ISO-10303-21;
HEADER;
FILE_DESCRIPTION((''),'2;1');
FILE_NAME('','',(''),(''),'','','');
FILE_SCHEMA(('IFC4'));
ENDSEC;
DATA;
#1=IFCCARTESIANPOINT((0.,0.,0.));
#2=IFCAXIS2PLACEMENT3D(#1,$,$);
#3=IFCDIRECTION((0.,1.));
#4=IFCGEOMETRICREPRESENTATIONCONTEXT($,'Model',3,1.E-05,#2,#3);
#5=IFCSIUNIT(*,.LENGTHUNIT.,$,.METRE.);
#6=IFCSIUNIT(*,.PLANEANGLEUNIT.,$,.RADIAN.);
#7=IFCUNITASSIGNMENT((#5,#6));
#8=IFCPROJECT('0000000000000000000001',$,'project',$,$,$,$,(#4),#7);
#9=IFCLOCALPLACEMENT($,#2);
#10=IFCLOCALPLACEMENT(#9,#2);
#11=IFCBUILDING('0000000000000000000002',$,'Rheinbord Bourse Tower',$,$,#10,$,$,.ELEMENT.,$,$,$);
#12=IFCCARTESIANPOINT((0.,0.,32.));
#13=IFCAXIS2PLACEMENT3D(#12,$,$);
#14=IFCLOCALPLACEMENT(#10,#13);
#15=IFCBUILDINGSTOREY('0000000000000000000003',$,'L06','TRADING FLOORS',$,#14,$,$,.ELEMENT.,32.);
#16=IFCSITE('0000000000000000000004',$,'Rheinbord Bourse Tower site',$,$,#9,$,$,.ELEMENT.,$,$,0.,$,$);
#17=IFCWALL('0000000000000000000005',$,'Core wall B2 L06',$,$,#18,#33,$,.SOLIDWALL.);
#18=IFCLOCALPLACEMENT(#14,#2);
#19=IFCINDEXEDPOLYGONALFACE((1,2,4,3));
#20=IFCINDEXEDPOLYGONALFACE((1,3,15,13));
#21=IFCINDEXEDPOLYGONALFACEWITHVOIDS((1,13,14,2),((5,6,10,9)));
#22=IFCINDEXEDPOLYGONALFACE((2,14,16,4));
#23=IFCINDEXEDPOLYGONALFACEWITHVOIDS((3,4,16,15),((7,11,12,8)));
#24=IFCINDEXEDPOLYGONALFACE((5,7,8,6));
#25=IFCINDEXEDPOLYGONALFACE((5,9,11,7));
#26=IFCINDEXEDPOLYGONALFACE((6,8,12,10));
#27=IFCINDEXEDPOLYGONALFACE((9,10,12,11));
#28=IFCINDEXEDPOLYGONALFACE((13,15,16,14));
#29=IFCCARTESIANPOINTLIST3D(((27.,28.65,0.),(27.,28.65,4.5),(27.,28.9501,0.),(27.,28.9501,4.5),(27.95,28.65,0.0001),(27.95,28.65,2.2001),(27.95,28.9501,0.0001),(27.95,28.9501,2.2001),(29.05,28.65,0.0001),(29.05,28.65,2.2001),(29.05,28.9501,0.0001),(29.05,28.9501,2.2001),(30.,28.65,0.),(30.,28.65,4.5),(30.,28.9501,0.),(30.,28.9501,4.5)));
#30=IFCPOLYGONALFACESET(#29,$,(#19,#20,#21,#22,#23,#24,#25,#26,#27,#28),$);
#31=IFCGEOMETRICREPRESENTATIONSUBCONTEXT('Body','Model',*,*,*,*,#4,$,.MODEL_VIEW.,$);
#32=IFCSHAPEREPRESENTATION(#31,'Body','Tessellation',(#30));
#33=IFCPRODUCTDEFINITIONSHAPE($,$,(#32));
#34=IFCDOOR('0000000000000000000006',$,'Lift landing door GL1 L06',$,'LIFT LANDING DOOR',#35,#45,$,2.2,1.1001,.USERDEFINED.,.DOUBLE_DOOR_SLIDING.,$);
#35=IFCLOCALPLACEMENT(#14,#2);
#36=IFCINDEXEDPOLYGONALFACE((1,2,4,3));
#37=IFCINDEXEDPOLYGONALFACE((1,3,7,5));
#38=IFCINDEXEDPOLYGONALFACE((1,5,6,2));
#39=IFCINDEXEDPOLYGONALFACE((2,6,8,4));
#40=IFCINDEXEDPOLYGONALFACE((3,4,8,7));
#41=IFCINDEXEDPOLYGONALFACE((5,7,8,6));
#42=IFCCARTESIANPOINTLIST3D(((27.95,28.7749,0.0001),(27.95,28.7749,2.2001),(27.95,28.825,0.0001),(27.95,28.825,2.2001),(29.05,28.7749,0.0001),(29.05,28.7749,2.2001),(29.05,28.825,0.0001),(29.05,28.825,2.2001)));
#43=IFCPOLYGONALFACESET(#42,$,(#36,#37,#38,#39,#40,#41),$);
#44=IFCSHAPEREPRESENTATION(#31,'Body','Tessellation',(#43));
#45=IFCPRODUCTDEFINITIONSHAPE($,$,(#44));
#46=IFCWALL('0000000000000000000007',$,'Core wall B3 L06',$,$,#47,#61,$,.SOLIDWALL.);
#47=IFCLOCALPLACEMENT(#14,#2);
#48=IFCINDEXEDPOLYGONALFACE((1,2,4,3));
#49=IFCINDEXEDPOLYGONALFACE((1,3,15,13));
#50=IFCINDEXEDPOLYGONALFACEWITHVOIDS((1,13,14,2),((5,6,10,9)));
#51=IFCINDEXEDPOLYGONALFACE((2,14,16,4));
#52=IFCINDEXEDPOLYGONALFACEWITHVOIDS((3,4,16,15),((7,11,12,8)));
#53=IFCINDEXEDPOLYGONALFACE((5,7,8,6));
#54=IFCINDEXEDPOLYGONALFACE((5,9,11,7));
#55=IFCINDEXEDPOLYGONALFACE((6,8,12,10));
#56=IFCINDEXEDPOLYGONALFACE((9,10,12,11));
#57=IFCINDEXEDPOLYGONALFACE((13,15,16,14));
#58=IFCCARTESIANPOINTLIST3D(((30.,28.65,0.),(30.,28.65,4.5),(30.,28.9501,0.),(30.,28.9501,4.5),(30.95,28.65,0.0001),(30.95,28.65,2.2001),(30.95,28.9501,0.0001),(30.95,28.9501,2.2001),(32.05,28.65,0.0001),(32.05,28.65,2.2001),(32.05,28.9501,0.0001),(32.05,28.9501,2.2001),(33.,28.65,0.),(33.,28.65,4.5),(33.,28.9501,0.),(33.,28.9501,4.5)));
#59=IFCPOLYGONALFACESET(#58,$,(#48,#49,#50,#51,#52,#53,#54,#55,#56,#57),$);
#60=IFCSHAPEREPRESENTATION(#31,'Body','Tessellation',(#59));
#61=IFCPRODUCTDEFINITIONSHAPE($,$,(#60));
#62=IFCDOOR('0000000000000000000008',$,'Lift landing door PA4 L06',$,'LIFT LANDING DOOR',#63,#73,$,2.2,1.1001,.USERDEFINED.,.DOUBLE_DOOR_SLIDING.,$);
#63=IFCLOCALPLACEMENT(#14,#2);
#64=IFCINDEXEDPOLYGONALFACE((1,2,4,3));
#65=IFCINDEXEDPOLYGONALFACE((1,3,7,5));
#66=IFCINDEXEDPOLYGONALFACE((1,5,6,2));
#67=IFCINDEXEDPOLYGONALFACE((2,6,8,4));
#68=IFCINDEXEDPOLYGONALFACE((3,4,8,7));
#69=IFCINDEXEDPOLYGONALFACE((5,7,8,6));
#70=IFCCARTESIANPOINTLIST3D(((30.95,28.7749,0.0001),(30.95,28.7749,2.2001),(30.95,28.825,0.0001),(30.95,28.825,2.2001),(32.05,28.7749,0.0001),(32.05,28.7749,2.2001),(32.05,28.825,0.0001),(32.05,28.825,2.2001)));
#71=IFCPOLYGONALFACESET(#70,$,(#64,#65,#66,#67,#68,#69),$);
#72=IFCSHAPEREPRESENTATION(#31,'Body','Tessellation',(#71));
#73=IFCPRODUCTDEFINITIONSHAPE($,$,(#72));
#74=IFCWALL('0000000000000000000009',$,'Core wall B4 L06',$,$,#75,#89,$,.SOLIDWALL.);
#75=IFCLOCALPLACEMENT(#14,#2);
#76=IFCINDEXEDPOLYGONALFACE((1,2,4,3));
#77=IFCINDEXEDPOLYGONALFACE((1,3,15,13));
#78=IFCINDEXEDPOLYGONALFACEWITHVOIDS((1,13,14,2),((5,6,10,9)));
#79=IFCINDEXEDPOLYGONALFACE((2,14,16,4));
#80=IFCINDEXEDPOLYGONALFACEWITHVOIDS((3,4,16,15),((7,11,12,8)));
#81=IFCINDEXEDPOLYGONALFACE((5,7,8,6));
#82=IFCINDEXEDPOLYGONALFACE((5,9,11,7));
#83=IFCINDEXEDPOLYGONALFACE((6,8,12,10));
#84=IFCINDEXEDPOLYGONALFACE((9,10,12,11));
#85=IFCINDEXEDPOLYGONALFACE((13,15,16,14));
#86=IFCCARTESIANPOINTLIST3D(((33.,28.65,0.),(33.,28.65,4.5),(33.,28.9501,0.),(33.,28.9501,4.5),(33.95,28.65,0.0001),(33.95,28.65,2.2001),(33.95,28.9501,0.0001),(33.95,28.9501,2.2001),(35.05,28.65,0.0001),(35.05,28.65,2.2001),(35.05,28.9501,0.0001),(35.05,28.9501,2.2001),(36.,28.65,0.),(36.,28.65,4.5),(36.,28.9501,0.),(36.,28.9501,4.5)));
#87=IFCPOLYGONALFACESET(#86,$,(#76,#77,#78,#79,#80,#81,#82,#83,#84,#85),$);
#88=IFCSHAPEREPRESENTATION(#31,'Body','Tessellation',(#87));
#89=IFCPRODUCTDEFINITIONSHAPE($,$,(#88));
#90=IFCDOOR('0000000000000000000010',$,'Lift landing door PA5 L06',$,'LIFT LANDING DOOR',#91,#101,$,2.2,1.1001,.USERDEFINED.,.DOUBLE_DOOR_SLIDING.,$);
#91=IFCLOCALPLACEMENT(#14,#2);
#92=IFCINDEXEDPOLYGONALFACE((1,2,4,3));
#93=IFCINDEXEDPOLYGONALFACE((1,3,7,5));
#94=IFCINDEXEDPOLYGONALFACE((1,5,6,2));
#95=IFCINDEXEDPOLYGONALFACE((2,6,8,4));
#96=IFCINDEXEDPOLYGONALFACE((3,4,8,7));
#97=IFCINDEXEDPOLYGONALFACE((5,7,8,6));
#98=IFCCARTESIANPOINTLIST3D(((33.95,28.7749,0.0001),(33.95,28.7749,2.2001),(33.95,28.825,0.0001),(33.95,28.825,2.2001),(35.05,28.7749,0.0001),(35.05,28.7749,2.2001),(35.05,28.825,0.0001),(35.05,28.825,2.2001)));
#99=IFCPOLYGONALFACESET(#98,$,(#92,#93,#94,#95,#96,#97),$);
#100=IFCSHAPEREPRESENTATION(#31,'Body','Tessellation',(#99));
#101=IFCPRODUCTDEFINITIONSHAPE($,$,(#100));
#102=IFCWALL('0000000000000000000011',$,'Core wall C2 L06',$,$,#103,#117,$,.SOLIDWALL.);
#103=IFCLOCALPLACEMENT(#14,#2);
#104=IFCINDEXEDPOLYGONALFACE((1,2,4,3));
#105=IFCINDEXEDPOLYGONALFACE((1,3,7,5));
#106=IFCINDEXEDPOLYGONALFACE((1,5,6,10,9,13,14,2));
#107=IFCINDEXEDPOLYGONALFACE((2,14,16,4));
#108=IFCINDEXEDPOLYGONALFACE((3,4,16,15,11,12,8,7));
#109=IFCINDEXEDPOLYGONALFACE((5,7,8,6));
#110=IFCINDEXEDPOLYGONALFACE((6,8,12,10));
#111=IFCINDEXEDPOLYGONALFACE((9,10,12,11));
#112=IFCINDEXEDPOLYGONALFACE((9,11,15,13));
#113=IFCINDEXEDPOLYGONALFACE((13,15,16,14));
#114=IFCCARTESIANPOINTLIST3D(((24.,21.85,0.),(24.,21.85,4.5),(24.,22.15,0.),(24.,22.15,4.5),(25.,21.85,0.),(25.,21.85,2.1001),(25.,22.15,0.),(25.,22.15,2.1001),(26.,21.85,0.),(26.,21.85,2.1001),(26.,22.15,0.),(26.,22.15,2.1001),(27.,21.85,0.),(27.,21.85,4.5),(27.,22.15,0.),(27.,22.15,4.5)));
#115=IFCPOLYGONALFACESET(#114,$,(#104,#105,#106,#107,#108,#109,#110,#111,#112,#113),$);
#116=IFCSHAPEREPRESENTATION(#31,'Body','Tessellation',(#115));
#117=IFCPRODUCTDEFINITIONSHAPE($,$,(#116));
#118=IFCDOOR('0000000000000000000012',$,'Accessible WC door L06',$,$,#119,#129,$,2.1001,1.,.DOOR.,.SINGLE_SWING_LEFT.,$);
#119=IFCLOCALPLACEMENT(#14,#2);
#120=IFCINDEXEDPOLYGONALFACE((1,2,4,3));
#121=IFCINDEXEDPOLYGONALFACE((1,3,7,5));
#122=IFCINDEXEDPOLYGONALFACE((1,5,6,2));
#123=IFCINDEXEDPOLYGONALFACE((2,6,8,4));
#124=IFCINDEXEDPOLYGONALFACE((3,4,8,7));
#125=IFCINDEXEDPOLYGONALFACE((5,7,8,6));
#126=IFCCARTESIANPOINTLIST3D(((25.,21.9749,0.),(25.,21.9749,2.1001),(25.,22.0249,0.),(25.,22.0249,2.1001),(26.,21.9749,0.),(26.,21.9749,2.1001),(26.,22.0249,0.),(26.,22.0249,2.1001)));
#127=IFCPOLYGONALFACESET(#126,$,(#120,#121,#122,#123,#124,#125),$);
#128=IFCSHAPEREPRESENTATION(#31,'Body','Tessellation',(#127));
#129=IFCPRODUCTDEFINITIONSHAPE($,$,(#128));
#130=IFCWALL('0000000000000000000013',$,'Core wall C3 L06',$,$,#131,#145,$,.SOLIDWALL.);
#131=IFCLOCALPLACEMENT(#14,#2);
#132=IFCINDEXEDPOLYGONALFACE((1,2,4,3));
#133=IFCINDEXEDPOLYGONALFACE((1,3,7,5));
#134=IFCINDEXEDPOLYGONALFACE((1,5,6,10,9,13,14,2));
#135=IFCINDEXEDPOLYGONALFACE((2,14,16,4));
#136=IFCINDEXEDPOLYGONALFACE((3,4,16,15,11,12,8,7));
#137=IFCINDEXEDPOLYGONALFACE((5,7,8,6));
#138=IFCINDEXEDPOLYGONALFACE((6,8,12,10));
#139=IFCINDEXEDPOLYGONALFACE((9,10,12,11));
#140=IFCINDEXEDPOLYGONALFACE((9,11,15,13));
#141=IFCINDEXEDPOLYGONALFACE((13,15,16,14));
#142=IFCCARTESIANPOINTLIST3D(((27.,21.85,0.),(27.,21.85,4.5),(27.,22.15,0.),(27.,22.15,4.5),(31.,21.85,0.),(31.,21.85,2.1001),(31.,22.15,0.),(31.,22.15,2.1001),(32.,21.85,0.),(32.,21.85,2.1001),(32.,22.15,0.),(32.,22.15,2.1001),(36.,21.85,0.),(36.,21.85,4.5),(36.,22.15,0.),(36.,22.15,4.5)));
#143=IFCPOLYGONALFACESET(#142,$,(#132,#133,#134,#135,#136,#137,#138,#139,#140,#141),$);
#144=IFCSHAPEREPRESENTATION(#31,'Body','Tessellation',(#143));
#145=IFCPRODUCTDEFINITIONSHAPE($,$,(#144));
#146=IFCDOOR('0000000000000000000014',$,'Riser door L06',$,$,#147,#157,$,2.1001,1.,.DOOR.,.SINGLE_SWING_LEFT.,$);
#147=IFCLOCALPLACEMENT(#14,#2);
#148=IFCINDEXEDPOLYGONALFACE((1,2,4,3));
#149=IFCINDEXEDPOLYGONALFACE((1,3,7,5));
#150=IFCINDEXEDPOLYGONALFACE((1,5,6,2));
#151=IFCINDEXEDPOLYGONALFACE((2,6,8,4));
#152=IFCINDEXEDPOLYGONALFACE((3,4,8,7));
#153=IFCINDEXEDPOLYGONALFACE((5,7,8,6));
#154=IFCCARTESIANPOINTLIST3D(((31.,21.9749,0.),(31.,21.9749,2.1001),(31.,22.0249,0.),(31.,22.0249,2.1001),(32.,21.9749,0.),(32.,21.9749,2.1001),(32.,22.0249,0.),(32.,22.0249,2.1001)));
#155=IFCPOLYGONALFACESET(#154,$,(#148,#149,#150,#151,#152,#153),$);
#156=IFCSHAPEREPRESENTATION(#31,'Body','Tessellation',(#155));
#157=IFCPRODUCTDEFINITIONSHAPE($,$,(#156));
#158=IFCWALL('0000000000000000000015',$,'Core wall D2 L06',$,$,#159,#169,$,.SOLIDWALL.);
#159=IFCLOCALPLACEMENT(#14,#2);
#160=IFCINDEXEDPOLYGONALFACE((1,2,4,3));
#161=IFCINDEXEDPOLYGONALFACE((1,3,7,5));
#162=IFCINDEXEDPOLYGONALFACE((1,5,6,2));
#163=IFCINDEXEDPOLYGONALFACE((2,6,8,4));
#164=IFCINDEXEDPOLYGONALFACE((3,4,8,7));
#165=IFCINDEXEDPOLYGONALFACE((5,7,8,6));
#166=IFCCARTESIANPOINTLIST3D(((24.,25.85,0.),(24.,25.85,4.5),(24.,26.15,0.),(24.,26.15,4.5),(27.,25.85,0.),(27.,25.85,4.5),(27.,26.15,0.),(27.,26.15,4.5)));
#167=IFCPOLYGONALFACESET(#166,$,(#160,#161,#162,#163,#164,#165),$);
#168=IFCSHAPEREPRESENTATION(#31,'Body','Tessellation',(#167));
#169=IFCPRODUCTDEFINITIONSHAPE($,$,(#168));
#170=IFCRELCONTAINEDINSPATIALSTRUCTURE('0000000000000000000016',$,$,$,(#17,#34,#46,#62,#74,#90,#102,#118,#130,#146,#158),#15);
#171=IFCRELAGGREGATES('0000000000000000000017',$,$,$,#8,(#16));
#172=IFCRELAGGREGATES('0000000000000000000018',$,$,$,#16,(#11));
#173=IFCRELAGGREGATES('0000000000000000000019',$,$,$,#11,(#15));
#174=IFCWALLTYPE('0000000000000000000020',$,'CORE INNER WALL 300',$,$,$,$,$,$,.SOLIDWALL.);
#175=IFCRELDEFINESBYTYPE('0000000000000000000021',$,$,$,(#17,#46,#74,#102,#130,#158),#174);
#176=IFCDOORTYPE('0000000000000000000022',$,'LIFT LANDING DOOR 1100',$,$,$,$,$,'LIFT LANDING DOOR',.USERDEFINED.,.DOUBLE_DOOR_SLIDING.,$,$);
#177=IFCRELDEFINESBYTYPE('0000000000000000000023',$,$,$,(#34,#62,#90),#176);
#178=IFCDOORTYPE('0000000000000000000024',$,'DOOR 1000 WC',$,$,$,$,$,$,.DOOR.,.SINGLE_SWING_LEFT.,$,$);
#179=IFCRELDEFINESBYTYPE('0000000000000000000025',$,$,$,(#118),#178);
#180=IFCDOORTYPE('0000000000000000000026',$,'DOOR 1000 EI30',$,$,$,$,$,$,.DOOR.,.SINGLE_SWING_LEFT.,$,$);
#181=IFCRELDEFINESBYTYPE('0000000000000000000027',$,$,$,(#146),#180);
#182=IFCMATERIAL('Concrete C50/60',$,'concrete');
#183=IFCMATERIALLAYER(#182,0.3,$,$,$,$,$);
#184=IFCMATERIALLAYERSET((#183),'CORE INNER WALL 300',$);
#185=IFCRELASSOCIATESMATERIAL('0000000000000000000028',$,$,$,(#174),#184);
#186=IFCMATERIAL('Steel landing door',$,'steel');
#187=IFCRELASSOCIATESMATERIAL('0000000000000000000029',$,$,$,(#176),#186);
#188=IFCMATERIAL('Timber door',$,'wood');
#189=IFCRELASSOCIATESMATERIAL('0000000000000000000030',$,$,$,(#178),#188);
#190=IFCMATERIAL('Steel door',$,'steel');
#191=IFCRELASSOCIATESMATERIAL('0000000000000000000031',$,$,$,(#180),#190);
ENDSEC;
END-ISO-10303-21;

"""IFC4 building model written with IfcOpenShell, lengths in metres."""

from ifc_helpers import new_model, si_unit, direction, frame, frame_2d, origin, place, context, subcontext, project, spatial, rectangle, extrude, material, layer, layer_set, type_object, element, fill, save


model = new_model("IFC4")

# Units and contexts
model_context = context("Model", 3, precision=1e-05, world=origin(), true_north=direction((0.0, 1.0)))
body_context = subcontext(model_context, "Body", "Model", "MODEL_VIEW")
ifc_project = project(units=[si_unit("LENGTHUNIT", "METRE"), si_unit("PLANEANGLEUNIT", "RADIAN")], contexts=[model_context])

# Site, building, storey
site_placement = place(None, origin())
site = spatial("IfcSite", under=ifc_project, at=site_placement, Name="Rheinbord Bourse Tower site", CompositionType="ELEMENT", RefElevation=0.0)
building_placement = place(site_placement, origin())
building = spatial("IfcBuilding", under=site, at=building_placement, Name="Rheinbord Bourse Tower", CompositionType="ELEMENT")
storey_placement = place(building_placement, frame((0.0, 0.0, 32.0)))
storey = spatial("IfcBuildingStorey", under=building, at=storey_placement, Name="L06", Description="TRADING FLOORS", CompositionType="ELEMENT", Elevation=32.0)

# Walls, openings, doors
ifc_material_1 = material(Name="Concrete C50/60", Category="concrete")
ifc_layer_1 = layer(ifc_material_1, 0.3)
ifc_layer_set_1 = layer_set([ifc_layer_1], Name="CORE INNER WALL 300")
wall_type_1 = type_object("IfcWallType", Name="CORE INNER WALL 300", PredefinedType="SOLIDWALL", material=ifc_layer_set_1)
wall_1_placement = place(storey_placement, frame((27.0, 28.8, 0.0), z_axis=(0.0, 0.0, 1.0), x_axis=(1.0, 0.0, 0.0)))
wall_1 = element("IfcWall", 1, at=wall_1_placement, inside=storey, type_object=wall_type_1, Name="Core wall B2 L06", PredefinedType="SOLIDWALL", context=body_context, shape_type="SweptSolid", body=[
    extrude(rectangle(XDim=3.0, YDim=0.3, at=frame_2d((1.5, 0.0))), origin(), (0.0, 0.0, 1.0), 4.5),
])
opening_1_placement = place(wall_1_placement, frame((0.95, 0.0, 0.0)))
opening_1 = element("IfcOpeningElement", 2, at=opening_1_placement, cuts=wall_1, PredefinedType="OPENING", context=body_context, shape_type="SweptSolid", body=[
    extrude(rectangle(XDim=1.1001, YDim=2.2, at=frame_2d((0.55, 1.1001))), frame((0.0, 0.1599, 0.0), z_axis=(0.0, -1.0, 0.0), x_axis=(1.0, 0.0, 0.0)), (0.0, 0.0, 1.0), 0.3201),
])
ifc_material_2 = material(Name="Steel landing door", Category="steel")
door_type_1 = type_object("IfcDoorType", Name="LIFT LANDING DOOR 1100", ElementType="LIFT LANDING DOOR", OperationType="DOUBLE_DOOR_SLIDING", PredefinedType="USERDEFINED", material=ifc_material_2)
door_1_placement = place(opening_1_placement, origin())
door_1 = element("IfcDoor", 3, at=door_1_placement, inside=storey, type_object=door_type_1, Name="Lift landing door GL1 L06", ObjectType="LIFT LANDING DOOR", OperationType="DOUBLE_DOOR_SLIDING", OverallHeight=2.2, OverallWidth=1.1001, PredefinedType="USERDEFINED", context=body_context, shape_type="SweptSolid", body=[
    extrude(rectangle(XDim=1.1001, YDim=2.2, at=frame_2d((0.55, 1.1001))), frame((0.0, 0.0249, 0.0), z_axis=(0.0, -1.0, 0.0), x_axis=(1.0, 0.0, 0.0)), (0.0, 0.0, 1.0), 0.05),
])
fill(opening_1, door_1)
wall_2_placement = place(storey_placement, frame((30.0, 28.8, 0.0), z_axis=(0.0, 0.0, 1.0), x_axis=(1.0, 0.0, 0.0)))
wall_2 = element("IfcWall", 4, at=wall_2_placement, inside=storey, type_object=wall_type_1, Name="Core wall B3 L06", PredefinedType="SOLIDWALL", context=body_context, shape_type="SweptSolid", body=[
    extrude(rectangle(XDim=3.0, YDim=0.3, at=frame_2d((1.5, 0.0))), origin(), (0.0, 0.0, 1.0), 4.5),
])
opening_2_placement = place(wall_2_placement, frame((0.95, 0.0, 0.0)))
opening_2 = element("IfcOpeningElement", 5, at=opening_2_placement, cuts=wall_2, PredefinedType="OPENING", context=body_context, shape_type="SweptSolid", body=[
    extrude(rectangle(XDim=1.1001, YDim=2.2, at=frame_2d((0.55, 1.1001))), frame((0.0, 0.1599, 0.0), z_axis=(0.0, -1.0, 0.0), x_axis=(1.0, 0.0, 0.0)), (0.0, 0.0, 1.0), 0.3201),
])
door_2_placement = place(opening_2_placement, origin())
door_2 = element("IfcDoor", 6, at=door_2_placement, inside=storey, type_object=door_type_1, Name="Lift landing door PA4 L06", ObjectType="LIFT LANDING DOOR", OperationType="DOUBLE_DOOR_SLIDING", OverallHeight=2.2, OverallWidth=1.1001, PredefinedType="USERDEFINED", context=body_context, shape_type="SweptSolid", body=[
    extrude(rectangle(XDim=1.1001, YDim=2.2, at=frame_2d((0.55, 1.1001))), frame((0.0, 0.0249, 0.0), z_axis=(0.0, -1.0, 0.0), x_axis=(1.0, 0.0, 0.0)), (0.0, 0.0, 1.0), 0.05),
])
fill(opening_2, door_2)
wall_3_placement = place(storey_placement, frame((33.0, 28.8, 0.0), z_axis=(0.0, 0.0, 1.0), x_axis=(1.0, 0.0, 0.0)))
wall_3 = element("IfcWall", 7, at=wall_3_placement, inside=storey, type_object=wall_type_1, Name="Core wall B4 L06", PredefinedType="SOLIDWALL", context=body_context, shape_type="SweptSolid", body=[
    extrude(rectangle(XDim=3.0, YDim=0.3, at=frame_2d((1.5, 0.0))), origin(), (0.0, 0.0, 1.0), 4.5),
])
opening_3_placement = place(wall_3_placement, frame((0.95, 0.0, 0.0)))
opening_3 = element("IfcOpeningElement", 8, at=opening_3_placement, cuts=wall_3, PredefinedType="OPENING", context=body_context, shape_type="SweptSolid", body=[
    extrude(rectangle(XDim=1.1001, YDim=2.2, at=frame_2d((0.55, 1.1001))), frame((0.0, 0.1599, 0.0), z_axis=(0.0, -1.0, 0.0), x_axis=(1.0, 0.0, 0.0)), (0.0, 0.0, 1.0), 0.3201),
])
door_3_placement = place(opening_3_placement, origin())
door_3 = element("IfcDoor", 9, at=door_3_placement, inside=storey, type_object=door_type_1, Name="Lift landing door PA5 L06", ObjectType="LIFT LANDING DOOR", OperationType="DOUBLE_DOOR_SLIDING", OverallHeight=2.2, OverallWidth=1.1001, PredefinedType="USERDEFINED", context=body_context, shape_type="SweptSolid", body=[
    extrude(rectangle(XDim=1.1001, YDim=2.2, at=frame_2d((0.55, 1.1001))), frame((0.0, 0.0249, 0.0), z_axis=(0.0, -1.0, 0.0), x_axis=(1.0, 0.0, 0.0)), (0.0, 0.0, 1.0), 0.05),
])
fill(opening_3, door_3)
wall_4_placement = place(storey_placement, frame((24.0, 22.0, 0.0), z_axis=(0.0, 0.0, 1.0), x_axis=(1.0, 0.0, 0.0)))
wall_4 = element("IfcWall", 10, at=wall_4_placement, inside=storey, type_object=wall_type_1, Name="Core wall C2 L06", PredefinedType="SOLIDWALL", context=body_context, shape_type="SweptSolid", body=[
    extrude(rectangle(XDim=3.0, YDim=0.3, at=frame_2d((1.5, 0.0))), origin(), (0.0, 0.0, 1.0), 4.5),
])
opening_4_placement = place(wall_4_placement, frame((1.0, 0.0, 0.0)))
opening_4 = element("IfcOpeningElement", 11, at=opening_4_placement, cuts=wall_4, PredefinedType="OPENING", context=body_context, shape_type="SweptSolid", body=[
    extrude(rectangle(XDim=1.0, YDim=2.1001, at=frame_2d((0.5, 1.05))), frame((0.0, 0.1599, 0.0), z_axis=(0.0, -1.0, 0.0), x_axis=(1.0, 0.0, 0.0)), (0.0, 0.0, 1.0), 0.3201),
])
ifc_material_3 = material(Name="Timber door", Category="wood")
door_type_2 = type_object("IfcDoorType", Name="DOOR 1000 WC", OperationType="SINGLE_SWING_LEFT", PredefinedType="DOOR", material=ifc_material_3)
door_4_placement = place(opening_4_placement, origin())
door_4 = element("IfcDoor", 12, at=door_4_placement, inside=storey, type_object=door_type_2, Name="Accessible WC door L06", OperationType="SINGLE_SWING_LEFT", OverallHeight=2.1001, OverallWidth=1.0, PredefinedType="DOOR", context=body_context, shape_type="SweptSolid", body=[
    extrude(rectangle(XDim=1.0, YDim=2.1001, at=frame_2d((0.5, 1.05))), frame((0.0, 0.0249, 0.0), z_axis=(0.0, -1.0, 0.0), x_axis=(1.0, 0.0, 0.0)), (0.0, 0.0, 1.0), 0.05),
])
fill(opening_4, door_4)
wall_5_placement = place(storey_placement, frame((27.0, 22.0, 0.0), z_axis=(0.0, 0.0, 1.0), x_axis=(1.0, 0.0, 0.0)))
wall_5 = element("IfcWall", 13, at=wall_5_placement, inside=storey, type_object=wall_type_1, Name="Core wall C3 L06", PredefinedType="SOLIDWALL", context=body_context, shape_type="SweptSolid", body=[
    extrude(rectangle(XDim=9.0, YDim=0.3, at=frame_2d((4.5, 0.0))), origin(), (0.0, 0.0, 1.0), 4.5),
])
opening_5_placement = place(wall_5_placement, frame((4.0, 0.0, 0.0)))
opening_5 = element("IfcOpeningElement", 14, at=opening_5_placement, cuts=wall_5, PredefinedType="OPENING", context=body_context, shape_type="SweptSolid", body=[
    extrude(rectangle(XDim=1.0, YDim=2.1001, at=frame_2d((0.5, 1.05))), frame((0.0, 0.1599, 0.0), z_axis=(0.0, -1.0, 0.0), x_axis=(1.0, 0.0, 0.0)), (0.0, 0.0, 1.0), 0.3201),
])
ifc_material_4 = material(Name="Steel door", Category="steel")
door_type_3 = type_object("IfcDoorType", Name="DOOR 1000 EI30", OperationType="SINGLE_SWING_LEFT", PredefinedType="DOOR", material=ifc_material_4)
door_5_placement = place(opening_5_placement, origin())
door_5 = element("IfcDoor", 15, at=door_5_placement, inside=storey, type_object=door_type_3, Name="Riser door L06", OperationType="SINGLE_SWING_LEFT", OverallHeight=2.1001, OverallWidth=1.0, PredefinedType="DOOR", context=body_context, shape_type="SweptSolid", body=[
    extrude(rectangle(XDim=1.0, YDim=2.1001, at=frame_2d((0.5, 1.05))), frame((0.0, 0.0249, 0.0), z_axis=(0.0, -1.0, 0.0), x_axis=(1.0, 0.0, 0.0)), (0.0, 0.0, 1.0), 0.05),
])
fill(opening_5, door_5)

# Wall
wall_6_placement = place(storey_placement, frame((24.0, 26.0, 0.0), z_axis=(0.0, 0.0, 1.0), x_axis=(1.0, 0.0, 0.0)))
element("IfcWall", 16, at=wall_6_placement, inside=storey, type_object=wall_type_1, Name="Core wall D2 L06", PredefinedType="SOLIDWALL", context=body_context, shape_type="SweptSolid", body=[
    extrude(rectangle(XDim=3.0, YDim=0.3, at=frame_2d((1.5, 0.0))), origin(), (0.0, 0.0, 1.0), 4.5),
])

save(model, "model.ifc")
